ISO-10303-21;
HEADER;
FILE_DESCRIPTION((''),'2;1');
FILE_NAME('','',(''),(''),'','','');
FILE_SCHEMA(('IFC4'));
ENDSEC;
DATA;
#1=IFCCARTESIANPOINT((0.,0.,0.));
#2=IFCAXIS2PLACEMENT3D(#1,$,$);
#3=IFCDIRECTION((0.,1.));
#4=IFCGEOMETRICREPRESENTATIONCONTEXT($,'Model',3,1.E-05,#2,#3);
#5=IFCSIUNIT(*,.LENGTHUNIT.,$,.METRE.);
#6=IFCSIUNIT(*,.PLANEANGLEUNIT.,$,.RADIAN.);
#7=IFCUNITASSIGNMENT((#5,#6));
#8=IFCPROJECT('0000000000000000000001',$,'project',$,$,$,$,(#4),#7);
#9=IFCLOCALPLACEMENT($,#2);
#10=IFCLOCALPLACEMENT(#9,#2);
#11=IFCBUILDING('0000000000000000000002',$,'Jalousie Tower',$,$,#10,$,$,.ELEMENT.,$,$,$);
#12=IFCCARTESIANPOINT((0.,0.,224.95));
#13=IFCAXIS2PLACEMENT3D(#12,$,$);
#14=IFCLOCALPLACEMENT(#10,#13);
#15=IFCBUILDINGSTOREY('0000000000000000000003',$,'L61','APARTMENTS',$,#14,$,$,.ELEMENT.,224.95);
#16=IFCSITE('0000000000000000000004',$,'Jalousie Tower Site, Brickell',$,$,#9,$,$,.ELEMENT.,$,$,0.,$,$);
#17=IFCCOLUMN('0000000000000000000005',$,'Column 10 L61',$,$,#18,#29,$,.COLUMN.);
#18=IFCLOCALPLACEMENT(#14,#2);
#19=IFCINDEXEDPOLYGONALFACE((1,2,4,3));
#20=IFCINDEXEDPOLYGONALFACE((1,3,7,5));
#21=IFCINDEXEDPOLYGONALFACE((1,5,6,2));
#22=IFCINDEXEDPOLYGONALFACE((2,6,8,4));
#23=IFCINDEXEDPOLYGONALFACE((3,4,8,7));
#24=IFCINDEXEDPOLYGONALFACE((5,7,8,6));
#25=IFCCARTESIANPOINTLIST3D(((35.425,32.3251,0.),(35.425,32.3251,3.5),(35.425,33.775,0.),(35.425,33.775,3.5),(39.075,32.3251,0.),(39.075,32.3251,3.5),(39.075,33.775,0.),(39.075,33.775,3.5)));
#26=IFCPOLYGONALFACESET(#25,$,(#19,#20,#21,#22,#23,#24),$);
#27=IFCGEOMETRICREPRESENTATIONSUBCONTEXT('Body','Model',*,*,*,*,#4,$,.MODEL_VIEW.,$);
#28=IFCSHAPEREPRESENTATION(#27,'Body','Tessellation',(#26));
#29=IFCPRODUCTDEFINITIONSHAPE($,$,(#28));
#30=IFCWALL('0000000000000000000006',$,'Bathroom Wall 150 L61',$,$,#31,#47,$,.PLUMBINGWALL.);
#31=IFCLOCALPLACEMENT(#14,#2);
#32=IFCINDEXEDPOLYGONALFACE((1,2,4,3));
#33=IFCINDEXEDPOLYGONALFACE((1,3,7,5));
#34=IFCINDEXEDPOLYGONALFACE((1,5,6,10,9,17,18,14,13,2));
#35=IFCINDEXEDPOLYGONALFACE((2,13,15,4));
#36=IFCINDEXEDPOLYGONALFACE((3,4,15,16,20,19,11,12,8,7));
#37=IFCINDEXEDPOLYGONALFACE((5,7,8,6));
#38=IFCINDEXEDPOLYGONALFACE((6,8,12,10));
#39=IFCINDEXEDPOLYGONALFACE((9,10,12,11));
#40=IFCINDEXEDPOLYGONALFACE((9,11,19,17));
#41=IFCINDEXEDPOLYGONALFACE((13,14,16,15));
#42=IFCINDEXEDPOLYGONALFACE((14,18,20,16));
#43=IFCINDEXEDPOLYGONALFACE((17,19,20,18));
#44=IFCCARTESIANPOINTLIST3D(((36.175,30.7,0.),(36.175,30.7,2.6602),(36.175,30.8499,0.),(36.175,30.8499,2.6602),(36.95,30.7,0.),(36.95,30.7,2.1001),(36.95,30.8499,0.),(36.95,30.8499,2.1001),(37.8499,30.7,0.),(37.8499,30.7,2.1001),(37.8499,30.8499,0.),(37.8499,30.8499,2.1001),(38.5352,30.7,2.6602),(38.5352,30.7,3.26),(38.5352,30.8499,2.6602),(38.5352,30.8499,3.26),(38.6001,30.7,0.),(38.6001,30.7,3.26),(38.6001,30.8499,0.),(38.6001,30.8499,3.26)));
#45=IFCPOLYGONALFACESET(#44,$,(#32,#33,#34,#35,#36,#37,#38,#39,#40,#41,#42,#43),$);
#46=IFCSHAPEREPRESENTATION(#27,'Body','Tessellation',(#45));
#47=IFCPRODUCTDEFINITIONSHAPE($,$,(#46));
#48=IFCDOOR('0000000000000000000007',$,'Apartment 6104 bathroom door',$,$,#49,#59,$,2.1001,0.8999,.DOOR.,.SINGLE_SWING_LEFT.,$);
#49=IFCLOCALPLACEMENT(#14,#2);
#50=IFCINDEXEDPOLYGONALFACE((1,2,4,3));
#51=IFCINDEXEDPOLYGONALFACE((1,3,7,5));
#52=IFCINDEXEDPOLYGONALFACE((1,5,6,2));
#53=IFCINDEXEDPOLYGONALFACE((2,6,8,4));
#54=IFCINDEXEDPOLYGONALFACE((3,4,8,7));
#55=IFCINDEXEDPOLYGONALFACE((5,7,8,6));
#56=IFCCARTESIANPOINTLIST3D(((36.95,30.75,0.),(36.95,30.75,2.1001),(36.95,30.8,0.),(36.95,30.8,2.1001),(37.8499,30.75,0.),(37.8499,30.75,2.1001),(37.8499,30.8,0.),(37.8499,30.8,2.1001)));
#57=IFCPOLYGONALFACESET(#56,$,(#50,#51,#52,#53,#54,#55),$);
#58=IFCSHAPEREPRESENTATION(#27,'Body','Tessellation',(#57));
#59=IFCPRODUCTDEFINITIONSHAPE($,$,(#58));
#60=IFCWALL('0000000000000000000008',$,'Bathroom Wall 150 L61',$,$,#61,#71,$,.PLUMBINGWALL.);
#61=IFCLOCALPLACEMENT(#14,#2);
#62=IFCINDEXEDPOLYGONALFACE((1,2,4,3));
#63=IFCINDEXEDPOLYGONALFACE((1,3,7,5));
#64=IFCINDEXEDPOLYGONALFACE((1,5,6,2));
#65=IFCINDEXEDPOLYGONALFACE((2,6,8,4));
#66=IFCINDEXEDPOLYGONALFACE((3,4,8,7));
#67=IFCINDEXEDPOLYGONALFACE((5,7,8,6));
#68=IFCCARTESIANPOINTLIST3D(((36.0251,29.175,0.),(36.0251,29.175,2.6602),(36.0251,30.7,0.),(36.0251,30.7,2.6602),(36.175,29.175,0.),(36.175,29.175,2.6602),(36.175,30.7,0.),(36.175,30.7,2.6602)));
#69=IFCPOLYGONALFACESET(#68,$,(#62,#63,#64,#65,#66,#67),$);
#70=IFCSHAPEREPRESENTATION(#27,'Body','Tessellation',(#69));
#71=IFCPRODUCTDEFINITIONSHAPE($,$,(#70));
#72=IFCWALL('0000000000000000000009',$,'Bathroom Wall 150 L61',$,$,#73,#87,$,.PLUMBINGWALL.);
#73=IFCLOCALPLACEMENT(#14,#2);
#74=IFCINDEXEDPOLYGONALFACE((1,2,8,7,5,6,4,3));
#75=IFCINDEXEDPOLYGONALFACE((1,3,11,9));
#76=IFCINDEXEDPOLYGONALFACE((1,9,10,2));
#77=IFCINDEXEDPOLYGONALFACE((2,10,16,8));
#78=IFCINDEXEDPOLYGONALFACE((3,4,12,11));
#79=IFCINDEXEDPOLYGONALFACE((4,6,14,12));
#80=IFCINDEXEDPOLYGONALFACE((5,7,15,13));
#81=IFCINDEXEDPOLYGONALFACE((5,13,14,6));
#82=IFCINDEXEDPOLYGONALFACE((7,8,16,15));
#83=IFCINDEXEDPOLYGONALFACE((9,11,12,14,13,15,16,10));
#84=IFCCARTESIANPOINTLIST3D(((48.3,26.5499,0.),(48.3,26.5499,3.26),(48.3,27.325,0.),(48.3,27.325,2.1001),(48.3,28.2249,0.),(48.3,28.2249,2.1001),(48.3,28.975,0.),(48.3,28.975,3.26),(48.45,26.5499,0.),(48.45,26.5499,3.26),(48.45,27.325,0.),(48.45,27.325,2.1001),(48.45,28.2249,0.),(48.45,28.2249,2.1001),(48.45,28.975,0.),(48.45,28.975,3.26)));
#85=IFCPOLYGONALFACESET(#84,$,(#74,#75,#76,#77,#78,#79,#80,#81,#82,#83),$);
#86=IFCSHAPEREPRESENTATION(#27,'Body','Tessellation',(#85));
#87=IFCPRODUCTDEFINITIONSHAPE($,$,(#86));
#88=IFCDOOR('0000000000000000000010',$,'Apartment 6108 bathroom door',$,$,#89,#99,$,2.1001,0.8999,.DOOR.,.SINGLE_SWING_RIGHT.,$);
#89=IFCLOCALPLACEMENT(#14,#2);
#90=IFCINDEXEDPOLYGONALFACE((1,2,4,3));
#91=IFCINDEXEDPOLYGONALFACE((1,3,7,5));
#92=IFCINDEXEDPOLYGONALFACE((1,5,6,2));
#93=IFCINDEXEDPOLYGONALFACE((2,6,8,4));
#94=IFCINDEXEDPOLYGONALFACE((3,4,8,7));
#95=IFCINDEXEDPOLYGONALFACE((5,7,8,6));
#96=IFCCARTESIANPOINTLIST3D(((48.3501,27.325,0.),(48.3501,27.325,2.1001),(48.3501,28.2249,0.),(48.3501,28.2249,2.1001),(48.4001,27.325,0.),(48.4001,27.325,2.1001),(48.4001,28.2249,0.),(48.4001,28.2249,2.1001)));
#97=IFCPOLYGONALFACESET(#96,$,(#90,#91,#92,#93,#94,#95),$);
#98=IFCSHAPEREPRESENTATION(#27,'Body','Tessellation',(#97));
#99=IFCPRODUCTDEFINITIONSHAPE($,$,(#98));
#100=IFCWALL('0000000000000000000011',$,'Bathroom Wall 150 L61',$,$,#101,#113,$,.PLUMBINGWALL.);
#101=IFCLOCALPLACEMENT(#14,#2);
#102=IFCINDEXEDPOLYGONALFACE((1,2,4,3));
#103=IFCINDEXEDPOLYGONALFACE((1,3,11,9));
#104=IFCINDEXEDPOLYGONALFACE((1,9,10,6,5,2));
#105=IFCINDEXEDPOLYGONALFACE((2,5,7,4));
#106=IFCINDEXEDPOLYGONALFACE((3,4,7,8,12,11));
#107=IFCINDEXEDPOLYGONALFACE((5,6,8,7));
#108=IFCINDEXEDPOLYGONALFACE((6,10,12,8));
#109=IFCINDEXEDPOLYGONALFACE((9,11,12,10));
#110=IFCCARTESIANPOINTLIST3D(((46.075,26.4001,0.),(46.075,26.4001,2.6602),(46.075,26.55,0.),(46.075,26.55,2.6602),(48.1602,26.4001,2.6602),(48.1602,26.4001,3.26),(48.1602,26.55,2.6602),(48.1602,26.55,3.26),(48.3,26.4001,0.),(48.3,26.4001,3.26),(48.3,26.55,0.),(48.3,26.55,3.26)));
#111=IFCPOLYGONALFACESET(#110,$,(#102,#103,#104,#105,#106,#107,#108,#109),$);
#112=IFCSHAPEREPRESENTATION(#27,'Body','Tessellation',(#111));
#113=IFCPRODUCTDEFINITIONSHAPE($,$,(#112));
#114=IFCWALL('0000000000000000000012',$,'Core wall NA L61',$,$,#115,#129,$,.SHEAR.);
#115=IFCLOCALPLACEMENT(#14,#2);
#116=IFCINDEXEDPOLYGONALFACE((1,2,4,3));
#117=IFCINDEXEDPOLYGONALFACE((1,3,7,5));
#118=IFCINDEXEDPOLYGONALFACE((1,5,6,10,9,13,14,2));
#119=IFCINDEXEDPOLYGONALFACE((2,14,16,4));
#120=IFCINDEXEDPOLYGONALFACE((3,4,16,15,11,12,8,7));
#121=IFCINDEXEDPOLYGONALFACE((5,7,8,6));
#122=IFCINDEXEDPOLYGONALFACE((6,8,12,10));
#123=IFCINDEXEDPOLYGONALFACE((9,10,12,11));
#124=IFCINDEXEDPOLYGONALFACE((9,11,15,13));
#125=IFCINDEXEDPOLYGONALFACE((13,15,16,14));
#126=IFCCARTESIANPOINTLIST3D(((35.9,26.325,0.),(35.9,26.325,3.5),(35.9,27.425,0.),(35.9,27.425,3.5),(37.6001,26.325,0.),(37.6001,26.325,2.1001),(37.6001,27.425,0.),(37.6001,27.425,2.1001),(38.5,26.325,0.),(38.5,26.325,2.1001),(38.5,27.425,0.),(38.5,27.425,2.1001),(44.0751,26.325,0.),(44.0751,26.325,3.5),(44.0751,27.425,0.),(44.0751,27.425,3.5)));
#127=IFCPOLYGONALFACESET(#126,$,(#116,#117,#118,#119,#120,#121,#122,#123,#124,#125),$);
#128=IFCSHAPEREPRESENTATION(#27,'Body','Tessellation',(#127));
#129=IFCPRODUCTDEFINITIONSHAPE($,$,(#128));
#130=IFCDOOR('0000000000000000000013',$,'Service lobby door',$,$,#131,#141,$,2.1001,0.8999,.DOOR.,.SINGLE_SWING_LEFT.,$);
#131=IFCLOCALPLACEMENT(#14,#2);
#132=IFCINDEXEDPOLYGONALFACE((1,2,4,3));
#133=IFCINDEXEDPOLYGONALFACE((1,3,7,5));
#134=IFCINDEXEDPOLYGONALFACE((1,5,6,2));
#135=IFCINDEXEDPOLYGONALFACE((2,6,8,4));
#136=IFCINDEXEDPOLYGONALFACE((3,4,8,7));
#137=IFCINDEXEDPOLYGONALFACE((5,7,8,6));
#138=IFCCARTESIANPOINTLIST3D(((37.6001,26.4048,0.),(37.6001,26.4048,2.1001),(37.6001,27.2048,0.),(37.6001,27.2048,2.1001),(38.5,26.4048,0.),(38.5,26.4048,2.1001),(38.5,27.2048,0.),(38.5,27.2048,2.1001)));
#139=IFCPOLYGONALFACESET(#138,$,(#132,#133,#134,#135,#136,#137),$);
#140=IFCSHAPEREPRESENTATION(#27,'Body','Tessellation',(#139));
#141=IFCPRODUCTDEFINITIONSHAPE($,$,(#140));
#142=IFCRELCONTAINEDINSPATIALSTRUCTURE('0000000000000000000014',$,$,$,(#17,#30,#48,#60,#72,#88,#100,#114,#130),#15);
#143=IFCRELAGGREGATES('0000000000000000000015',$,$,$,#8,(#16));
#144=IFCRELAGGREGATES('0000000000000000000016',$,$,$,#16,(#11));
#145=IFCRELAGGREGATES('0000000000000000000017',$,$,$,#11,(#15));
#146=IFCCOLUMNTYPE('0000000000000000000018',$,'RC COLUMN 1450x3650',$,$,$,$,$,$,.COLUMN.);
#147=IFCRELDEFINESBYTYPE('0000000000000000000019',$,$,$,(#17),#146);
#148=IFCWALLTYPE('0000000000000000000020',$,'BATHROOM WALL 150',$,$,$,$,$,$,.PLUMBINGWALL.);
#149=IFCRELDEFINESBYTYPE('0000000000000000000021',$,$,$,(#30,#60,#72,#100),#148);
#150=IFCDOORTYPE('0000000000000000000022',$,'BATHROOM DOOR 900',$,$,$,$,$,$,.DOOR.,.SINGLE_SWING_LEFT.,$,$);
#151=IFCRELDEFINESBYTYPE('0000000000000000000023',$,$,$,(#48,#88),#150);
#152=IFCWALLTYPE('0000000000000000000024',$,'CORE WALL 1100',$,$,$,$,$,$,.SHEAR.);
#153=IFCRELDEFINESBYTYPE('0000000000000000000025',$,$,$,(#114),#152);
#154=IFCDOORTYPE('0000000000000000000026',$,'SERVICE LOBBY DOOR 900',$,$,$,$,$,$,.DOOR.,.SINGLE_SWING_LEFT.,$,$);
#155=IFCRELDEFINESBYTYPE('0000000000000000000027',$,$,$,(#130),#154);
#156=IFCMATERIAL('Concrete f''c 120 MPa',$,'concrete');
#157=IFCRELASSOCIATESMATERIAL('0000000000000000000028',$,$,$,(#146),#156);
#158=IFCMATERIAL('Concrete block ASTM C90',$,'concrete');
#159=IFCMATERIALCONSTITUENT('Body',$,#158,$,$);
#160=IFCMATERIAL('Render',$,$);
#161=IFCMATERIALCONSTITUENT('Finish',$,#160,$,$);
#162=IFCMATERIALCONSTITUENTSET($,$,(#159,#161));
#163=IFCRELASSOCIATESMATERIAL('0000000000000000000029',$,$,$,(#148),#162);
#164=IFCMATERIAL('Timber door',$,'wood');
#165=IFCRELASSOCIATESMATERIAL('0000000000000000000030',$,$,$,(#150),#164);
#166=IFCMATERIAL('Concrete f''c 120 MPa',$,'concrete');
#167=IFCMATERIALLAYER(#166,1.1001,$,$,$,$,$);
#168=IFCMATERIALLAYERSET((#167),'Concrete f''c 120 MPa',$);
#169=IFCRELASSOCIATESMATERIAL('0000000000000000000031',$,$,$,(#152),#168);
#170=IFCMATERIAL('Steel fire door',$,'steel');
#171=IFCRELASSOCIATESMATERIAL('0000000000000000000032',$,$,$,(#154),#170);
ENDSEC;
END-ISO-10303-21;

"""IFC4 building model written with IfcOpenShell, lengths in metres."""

from ifc_helpers import new_model, si_unit, direction, frame, frame_2d, origin, origin_2d, place, context, subcontext, project, spatial, polyline, rectangle, outline, extrude, material, layer, layer_set, constituent, constituent_set, material_profile, profile_set, type_object, element, fill, save


model = new_model("IFC4")

# Units and contexts
model_context = context("Model", 3, precision=1e-05, world=origin(), true_north=direction((0.0, 1.0)))
body_context = subcontext(model_context, "Body", "Model", "MODEL_VIEW")
ifc_project = project(units=[si_unit("LENGTHUNIT", "METRE"), si_unit("PLANEANGLEUNIT", "RADIAN")], contexts=[model_context])

# Site, building, storey
site_placement = place(None, origin())
site = spatial("IfcSite", under=ifc_project, at=site_placement, Name="Jalousie Tower Site, Brickell", CompositionType="ELEMENT", RefElevation=0.0)
building_placement = place(site_placement, origin())
building = spatial("IfcBuilding", under=site, at=building_placement, Name="Jalousie Tower", CompositionType="ELEMENT")
storey_placement = place(building_placement, frame((0.0, 0.0, 224.95)))
storey = spatial("IfcBuildingStorey", under=building, at=storey_placement, Name="L61", Description="APARTMENTS", CompositionType="ELEMENT", Elevation=224.95)

# Column
ifc_material_1 = material(Name="Concrete f'c 120 MPa", Category="concrete")
ifc_material_profile = material_profile(ifc_material_1, rectangle(XDim=1.45, YDim=3.6499, at=origin_2d()), Name="RC 1450x3650")
ifc_profile_set = profile_set([ifc_material_profile], Name="Concrete f'c 120 MPa")
column_type = type_object("IfcColumnType", Name="RC COLUMN 1450x3650", PredefinedType="COLUMN", material=ifc_profile_set)
column_placement = place(storey_placement, frame((37.25, 33.05, 0.0), z_axis=(0.0, 0.0, 1.0), x_axis=(0.0, 1.0, 0.0)))
element("IfcColumn", 1, at=column_placement, inside=storey, type_object=column_type, Name="Column 10 L61", PredefinedType="COLUMN", context=body_context, shape_type="SweptSolid", body=[
    extrude(rectangle(XDim=1.45, YDim=3.6499, at=origin_2d()), origin(), (0.0, 0.0, 1.0), 3.5),
])

# Wall, opening, door
ifc_material_2 = material(Name="Concrete block ASTM C90", Category="concrete")
ifc_constituent_1 = constituent(ifc_material_2, Name="Body")
ifc_material_3 = material(Name="Render")
ifc_constituent_2 = constituent(ifc_material_3, Name="Finish")
ifc_constituent_set_1 = constituent_set(constituents=[ifc_constituent_1, ifc_constituent_2])
wall_type_1 = type_object("IfcWallType", Name="BATHROOM WALL 150", PredefinedType="PLUMBINGWALL", material=ifc_constituent_set_1)
wall_1_placement = place(storey_placement, frame((36.175, 30.7749, 0.0), z_axis=(0.0, 0.0, 1.0), x_axis=(1.0, 0.0, 0.0)))
wall_1 = element("IfcWall", 2, at=wall_1_placement, inside=storey, type_object=wall_type_1, Name="Bathroom Wall 150 L61", PredefinedType="PLUMBINGWALL", context=body_context, shape_type="SweptSolid", body=[
    extrude(outline(polyline([(0.0, 0.0), (2.425, 0.0), (2.425, 3.26), (2.3601, 3.26), (2.3601, 2.6602), (0.0, 2.6602), (0.0, 3.26), (0.0, 0.0)])), frame((0.0, 0.075, 0.0), z_axis=(0.0, -1.0, 0.0), x_axis=(1.0, 0.0, 0.0)), (0.0, 0.0, 1.0), 0.1499),
])
opening_1_placement = place(wall_1_placement, frame((0.7749, 0.0, 0.0)))
opening_1 = element("IfcOpeningElement", 3, at=opening_1_placement, cuts=wall_1, PredefinedType="OPENING", context=body_context, shape_type="SweptSolid", body=[
    extrude(rectangle(XDim=0.8999, YDim=2.1001, at=frame_2d((0.45, 1.05))), frame((0.0, 0.085, 0.0), z_axis=(0.0, -1.0, 0.0), x_axis=(1.0, 0.0, 0.0)), (0.0, 0.0, 1.0), 0.1699),
])
ifc_material_4 = material(Name="Timber door", Category="wood")
door_type_1 = type_object("IfcDoorType", Name="BATHROOM DOOR 900", OperationType="SINGLE_SWING_LEFT", PredefinedType="DOOR", material=ifc_material_4)
door_1_placement = place(opening_1_placement, frame((0.8999, 0.0, 0.0), z_axis=(0.0, 0.0, 1.0), x_axis=(-1.0, 0.0, 0.0)))
door_1 = element("IfcDoor", 4, at=door_1_placement, inside=storey, type_object=door_type_1, Name="Apartment 6104 bathroom door", OperationType="SINGLE_SWING_LEFT", OverallHeight=2.1001, OverallWidth=0.8999, PredefinedType="DOOR", context=body_context, shape_type="SweptSolid", body=[
    extrude(rectangle(XDim=0.8999, YDim=2.1001, at=frame_2d((0.45, 1.05))), frame((0.0, 0.0249, 0.0), z_axis=(0.0, -1.0, 0.0), x_axis=(1.0, 0.0, 0.0)), (0.0, 0.0, 1.0), 0.05),
])
fill(opening_1, door_1)

# Wall
wall_2_placement = place(storey_placement, frame((36.1001, 30.7, 0.0), z_axis=(0.0, 0.0, 1.0), x_axis=(0.0, -1.0, 0.0)))
element("IfcWall", 5, at=wall_2_placement, inside=storey, type_object=wall_type_1, Name="Bathroom Wall 150 L61", PredefinedType="PLUMBINGWALL", context=body_context, shape_type="SweptSolid", body=[
    extrude(outline(polyline([(0.0, 0.0), (1.5249, 0.0), (1.5249, 3.26), (1.5249, 2.6602), (0.0, 2.6602), (0.0, 3.26), (0.0, 0.0)])), frame((0.0, 0.075, 0.0), z_axis=(0.0, -1.0, 0.0), x_axis=(1.0, 0.0, 0.0)), (0.0, 0.0, 1.0), 0.1499),
])

# Wall, opening, door
wall_3_placement = place(storey_placement, frame((48.375, 26.55, 0.0), z_axis=(0.0, 0.0, 1.0), x_axis=(0.0, 1.0, 0.0)))
wall_3 = element("IfcWall", 6, at=wall_3_placement, inside=storey, type_object=wall_type_1, Name="Bathroom Wall 150 L61", PredefinedType="PLUMBINGWALL", context=body_context, shape_type="SweptSolid", body=[
    extrude(rectangle(XDim=2.425, YDim=0.1499, at=frame_2d((1.2124, 0.0))), origin(), (0.0, 0.0, 1.0), 3.26),
])
opening_2_placement = place(wall_3_placement, frame((0.7749, 0.0, 0.0)))
opening_2 = element("IfcOpeningElement", 7, at=opening_2_placement, cuts=wall_3, PredefinedType="OPENING", context=body_context, shape_type="SweptSolid", body=[
    extrude(rectangle(XDim=0.8999, YDim=2.1001, at=frame_2d((0.45, 1.05))), frame((0.0, 0.085, 0.0), z_axis=(0.0, -1.0, 0.0), x_axis=(1.0, 0.0, 0.0)), (0.0, 0.0, 1.0), 0.1699),
])
door_2_placement = place(opening_2_placement, origin())
door_2 = element("IfcDoor", 8, at=door_2_placement, inside=storey, type_object=door_type_1, Name="Apartment 6108 bathroom door", OperationType="SINGLE_SWING_RIGHT", OverallHeight=2.1001, OverallWidth=0.8999, PredefinedType="DOOR", context=body_context, shape_type="SweptSolid", body=[
    extrude(rectangle(XDim=0.8999, YDim=2.1001, at=frame_2d((0.45, 1.05))), frame((0.0, 0.0249, 0.0), z_axis=(0.0, -1.0, 0.0), x_axis=(1.0, 0.0, 0.0)), (0.0, 0.0, 1.0), 0.05),
])
fill(opening_2, door_2)

# Wall
wall_4_placement = place(storey_placement, frame((48.3, 26.4751, 0.0), z_axis=(0.0, 0.0, 1.0), x_axis=(-1.0, 0.0, 0.0)))
element("IfcWall", 9, at=wall_4_placement, inside=storey, type_object=wall_type_1, Name="Bathroom Wall 150 L61", PredefinedType="PLUMBINGWALL", context=body_context, shape_type="SweptSolid", body=[
    extrude(outline(polyline([(0.0, 0.0), (2.2251, 0.0), (2.2251, 3.26), (2.2251, 2.6602), (0.1399, 2.6602), (0.1399, 3.26), (0.0, 3.26), (0.0, 0.0)])), frame((0.0, 0.075, 0.0), z_axis=(0.0, -1.0, 0.0), x_axis=(1.0, 0.0, 0.0)), (0.0, 0.0, 1.0), 0.1499),
])

# Wall, opening, door
ifc_material_5 = material(Name="Concrete f'c 120 MPa", Category="concrete")
ifc_layer = layer(ifc_material_5, 1.1001)
ifc_layer_set = layer_set([ifc_layer], Name="Concrete f'c 120 MPa")
wall_type_2 = type_object("IfcWallType", Name="CORE WALL 1100", PredefinedType="SHEAR", material=ifc_layer_set)
wall_5_placement = place(storey_placement, frame((44.075, 26.875, 0.0), z_axis=(0.0, 0.0, 1.0), x_axis=(-1.0, 0.0, 0.0)))
wall_5 = element("IfcWall", 10, at=wall_5_placement, inside=storey, type_object=wall_type_2, Name="Core wall NA L61", PredefinedType="SHEAR", context=body_context, shape_type="SweptSolid", body=[
    extrude(rectangle(XDim=8.175, YDim=1.1001, at=frame_2d((4.0874, 0.0))), origin(), (0.0, 0.0, 1.0), 3.5),
])
opening_3_placement = place(wall_5_placement, frame((5.575, 0.0, 0.0)))
opening_3 = element("IfcOpeningElement", 11, at=opening_3_placement, cuts=wall_5, PredefinedType="OPENING", context=body_context, shape_type="SweptSolid", body=[
    extrude(rectangle(XDim=0.8999, YDim=2.1001, at=frame_2d((0.45, 1.05))), frame((0.0, 0.5601, 0.0), z_axis=(0.0, -1.0, 0.0), x_axis=(1.0, 0.0, 0.0)), (0.0, 0.0, 1.0), 1.1201),
])
ifc_material_6 = material(Name="Steel fire door", Category="steel")
door_type_2 = type_object("IfcDoorType", Name="SERVICE LOBBY DOOR 900", OperationType="SINGLE_SWING_LEFT", PredefinedType="DOOR", material=ifc_material_6)
door_3_placement = place(opening_3_placement, origin())
door_3 = element("IfcDoor", 12, at=door_3_placement, inside=storey, type_object=door_type_2, Name="Service lobby door", OperationType="SINGLE_SWING_LEFT", OverallHeight=2.1001, OverallWidth=0.8999, PredefinedType="DOOR", context=body_context, shape_type="SweptSolid", body=[
    extrude(rectangle(XDim=0.8999, YDim=2.1001, at=frame_2d((0.45, 1.05))), frame((0.0, 0.4702, 0.0), z_axis=(0.0, -1.0, 0.0), x_axis=(1.0, 0.0, 0.0)), (0.0, 0.0, 1.0), 0.8),
])
fill(opening_3, door_3)

save(model, "model.ifc")
